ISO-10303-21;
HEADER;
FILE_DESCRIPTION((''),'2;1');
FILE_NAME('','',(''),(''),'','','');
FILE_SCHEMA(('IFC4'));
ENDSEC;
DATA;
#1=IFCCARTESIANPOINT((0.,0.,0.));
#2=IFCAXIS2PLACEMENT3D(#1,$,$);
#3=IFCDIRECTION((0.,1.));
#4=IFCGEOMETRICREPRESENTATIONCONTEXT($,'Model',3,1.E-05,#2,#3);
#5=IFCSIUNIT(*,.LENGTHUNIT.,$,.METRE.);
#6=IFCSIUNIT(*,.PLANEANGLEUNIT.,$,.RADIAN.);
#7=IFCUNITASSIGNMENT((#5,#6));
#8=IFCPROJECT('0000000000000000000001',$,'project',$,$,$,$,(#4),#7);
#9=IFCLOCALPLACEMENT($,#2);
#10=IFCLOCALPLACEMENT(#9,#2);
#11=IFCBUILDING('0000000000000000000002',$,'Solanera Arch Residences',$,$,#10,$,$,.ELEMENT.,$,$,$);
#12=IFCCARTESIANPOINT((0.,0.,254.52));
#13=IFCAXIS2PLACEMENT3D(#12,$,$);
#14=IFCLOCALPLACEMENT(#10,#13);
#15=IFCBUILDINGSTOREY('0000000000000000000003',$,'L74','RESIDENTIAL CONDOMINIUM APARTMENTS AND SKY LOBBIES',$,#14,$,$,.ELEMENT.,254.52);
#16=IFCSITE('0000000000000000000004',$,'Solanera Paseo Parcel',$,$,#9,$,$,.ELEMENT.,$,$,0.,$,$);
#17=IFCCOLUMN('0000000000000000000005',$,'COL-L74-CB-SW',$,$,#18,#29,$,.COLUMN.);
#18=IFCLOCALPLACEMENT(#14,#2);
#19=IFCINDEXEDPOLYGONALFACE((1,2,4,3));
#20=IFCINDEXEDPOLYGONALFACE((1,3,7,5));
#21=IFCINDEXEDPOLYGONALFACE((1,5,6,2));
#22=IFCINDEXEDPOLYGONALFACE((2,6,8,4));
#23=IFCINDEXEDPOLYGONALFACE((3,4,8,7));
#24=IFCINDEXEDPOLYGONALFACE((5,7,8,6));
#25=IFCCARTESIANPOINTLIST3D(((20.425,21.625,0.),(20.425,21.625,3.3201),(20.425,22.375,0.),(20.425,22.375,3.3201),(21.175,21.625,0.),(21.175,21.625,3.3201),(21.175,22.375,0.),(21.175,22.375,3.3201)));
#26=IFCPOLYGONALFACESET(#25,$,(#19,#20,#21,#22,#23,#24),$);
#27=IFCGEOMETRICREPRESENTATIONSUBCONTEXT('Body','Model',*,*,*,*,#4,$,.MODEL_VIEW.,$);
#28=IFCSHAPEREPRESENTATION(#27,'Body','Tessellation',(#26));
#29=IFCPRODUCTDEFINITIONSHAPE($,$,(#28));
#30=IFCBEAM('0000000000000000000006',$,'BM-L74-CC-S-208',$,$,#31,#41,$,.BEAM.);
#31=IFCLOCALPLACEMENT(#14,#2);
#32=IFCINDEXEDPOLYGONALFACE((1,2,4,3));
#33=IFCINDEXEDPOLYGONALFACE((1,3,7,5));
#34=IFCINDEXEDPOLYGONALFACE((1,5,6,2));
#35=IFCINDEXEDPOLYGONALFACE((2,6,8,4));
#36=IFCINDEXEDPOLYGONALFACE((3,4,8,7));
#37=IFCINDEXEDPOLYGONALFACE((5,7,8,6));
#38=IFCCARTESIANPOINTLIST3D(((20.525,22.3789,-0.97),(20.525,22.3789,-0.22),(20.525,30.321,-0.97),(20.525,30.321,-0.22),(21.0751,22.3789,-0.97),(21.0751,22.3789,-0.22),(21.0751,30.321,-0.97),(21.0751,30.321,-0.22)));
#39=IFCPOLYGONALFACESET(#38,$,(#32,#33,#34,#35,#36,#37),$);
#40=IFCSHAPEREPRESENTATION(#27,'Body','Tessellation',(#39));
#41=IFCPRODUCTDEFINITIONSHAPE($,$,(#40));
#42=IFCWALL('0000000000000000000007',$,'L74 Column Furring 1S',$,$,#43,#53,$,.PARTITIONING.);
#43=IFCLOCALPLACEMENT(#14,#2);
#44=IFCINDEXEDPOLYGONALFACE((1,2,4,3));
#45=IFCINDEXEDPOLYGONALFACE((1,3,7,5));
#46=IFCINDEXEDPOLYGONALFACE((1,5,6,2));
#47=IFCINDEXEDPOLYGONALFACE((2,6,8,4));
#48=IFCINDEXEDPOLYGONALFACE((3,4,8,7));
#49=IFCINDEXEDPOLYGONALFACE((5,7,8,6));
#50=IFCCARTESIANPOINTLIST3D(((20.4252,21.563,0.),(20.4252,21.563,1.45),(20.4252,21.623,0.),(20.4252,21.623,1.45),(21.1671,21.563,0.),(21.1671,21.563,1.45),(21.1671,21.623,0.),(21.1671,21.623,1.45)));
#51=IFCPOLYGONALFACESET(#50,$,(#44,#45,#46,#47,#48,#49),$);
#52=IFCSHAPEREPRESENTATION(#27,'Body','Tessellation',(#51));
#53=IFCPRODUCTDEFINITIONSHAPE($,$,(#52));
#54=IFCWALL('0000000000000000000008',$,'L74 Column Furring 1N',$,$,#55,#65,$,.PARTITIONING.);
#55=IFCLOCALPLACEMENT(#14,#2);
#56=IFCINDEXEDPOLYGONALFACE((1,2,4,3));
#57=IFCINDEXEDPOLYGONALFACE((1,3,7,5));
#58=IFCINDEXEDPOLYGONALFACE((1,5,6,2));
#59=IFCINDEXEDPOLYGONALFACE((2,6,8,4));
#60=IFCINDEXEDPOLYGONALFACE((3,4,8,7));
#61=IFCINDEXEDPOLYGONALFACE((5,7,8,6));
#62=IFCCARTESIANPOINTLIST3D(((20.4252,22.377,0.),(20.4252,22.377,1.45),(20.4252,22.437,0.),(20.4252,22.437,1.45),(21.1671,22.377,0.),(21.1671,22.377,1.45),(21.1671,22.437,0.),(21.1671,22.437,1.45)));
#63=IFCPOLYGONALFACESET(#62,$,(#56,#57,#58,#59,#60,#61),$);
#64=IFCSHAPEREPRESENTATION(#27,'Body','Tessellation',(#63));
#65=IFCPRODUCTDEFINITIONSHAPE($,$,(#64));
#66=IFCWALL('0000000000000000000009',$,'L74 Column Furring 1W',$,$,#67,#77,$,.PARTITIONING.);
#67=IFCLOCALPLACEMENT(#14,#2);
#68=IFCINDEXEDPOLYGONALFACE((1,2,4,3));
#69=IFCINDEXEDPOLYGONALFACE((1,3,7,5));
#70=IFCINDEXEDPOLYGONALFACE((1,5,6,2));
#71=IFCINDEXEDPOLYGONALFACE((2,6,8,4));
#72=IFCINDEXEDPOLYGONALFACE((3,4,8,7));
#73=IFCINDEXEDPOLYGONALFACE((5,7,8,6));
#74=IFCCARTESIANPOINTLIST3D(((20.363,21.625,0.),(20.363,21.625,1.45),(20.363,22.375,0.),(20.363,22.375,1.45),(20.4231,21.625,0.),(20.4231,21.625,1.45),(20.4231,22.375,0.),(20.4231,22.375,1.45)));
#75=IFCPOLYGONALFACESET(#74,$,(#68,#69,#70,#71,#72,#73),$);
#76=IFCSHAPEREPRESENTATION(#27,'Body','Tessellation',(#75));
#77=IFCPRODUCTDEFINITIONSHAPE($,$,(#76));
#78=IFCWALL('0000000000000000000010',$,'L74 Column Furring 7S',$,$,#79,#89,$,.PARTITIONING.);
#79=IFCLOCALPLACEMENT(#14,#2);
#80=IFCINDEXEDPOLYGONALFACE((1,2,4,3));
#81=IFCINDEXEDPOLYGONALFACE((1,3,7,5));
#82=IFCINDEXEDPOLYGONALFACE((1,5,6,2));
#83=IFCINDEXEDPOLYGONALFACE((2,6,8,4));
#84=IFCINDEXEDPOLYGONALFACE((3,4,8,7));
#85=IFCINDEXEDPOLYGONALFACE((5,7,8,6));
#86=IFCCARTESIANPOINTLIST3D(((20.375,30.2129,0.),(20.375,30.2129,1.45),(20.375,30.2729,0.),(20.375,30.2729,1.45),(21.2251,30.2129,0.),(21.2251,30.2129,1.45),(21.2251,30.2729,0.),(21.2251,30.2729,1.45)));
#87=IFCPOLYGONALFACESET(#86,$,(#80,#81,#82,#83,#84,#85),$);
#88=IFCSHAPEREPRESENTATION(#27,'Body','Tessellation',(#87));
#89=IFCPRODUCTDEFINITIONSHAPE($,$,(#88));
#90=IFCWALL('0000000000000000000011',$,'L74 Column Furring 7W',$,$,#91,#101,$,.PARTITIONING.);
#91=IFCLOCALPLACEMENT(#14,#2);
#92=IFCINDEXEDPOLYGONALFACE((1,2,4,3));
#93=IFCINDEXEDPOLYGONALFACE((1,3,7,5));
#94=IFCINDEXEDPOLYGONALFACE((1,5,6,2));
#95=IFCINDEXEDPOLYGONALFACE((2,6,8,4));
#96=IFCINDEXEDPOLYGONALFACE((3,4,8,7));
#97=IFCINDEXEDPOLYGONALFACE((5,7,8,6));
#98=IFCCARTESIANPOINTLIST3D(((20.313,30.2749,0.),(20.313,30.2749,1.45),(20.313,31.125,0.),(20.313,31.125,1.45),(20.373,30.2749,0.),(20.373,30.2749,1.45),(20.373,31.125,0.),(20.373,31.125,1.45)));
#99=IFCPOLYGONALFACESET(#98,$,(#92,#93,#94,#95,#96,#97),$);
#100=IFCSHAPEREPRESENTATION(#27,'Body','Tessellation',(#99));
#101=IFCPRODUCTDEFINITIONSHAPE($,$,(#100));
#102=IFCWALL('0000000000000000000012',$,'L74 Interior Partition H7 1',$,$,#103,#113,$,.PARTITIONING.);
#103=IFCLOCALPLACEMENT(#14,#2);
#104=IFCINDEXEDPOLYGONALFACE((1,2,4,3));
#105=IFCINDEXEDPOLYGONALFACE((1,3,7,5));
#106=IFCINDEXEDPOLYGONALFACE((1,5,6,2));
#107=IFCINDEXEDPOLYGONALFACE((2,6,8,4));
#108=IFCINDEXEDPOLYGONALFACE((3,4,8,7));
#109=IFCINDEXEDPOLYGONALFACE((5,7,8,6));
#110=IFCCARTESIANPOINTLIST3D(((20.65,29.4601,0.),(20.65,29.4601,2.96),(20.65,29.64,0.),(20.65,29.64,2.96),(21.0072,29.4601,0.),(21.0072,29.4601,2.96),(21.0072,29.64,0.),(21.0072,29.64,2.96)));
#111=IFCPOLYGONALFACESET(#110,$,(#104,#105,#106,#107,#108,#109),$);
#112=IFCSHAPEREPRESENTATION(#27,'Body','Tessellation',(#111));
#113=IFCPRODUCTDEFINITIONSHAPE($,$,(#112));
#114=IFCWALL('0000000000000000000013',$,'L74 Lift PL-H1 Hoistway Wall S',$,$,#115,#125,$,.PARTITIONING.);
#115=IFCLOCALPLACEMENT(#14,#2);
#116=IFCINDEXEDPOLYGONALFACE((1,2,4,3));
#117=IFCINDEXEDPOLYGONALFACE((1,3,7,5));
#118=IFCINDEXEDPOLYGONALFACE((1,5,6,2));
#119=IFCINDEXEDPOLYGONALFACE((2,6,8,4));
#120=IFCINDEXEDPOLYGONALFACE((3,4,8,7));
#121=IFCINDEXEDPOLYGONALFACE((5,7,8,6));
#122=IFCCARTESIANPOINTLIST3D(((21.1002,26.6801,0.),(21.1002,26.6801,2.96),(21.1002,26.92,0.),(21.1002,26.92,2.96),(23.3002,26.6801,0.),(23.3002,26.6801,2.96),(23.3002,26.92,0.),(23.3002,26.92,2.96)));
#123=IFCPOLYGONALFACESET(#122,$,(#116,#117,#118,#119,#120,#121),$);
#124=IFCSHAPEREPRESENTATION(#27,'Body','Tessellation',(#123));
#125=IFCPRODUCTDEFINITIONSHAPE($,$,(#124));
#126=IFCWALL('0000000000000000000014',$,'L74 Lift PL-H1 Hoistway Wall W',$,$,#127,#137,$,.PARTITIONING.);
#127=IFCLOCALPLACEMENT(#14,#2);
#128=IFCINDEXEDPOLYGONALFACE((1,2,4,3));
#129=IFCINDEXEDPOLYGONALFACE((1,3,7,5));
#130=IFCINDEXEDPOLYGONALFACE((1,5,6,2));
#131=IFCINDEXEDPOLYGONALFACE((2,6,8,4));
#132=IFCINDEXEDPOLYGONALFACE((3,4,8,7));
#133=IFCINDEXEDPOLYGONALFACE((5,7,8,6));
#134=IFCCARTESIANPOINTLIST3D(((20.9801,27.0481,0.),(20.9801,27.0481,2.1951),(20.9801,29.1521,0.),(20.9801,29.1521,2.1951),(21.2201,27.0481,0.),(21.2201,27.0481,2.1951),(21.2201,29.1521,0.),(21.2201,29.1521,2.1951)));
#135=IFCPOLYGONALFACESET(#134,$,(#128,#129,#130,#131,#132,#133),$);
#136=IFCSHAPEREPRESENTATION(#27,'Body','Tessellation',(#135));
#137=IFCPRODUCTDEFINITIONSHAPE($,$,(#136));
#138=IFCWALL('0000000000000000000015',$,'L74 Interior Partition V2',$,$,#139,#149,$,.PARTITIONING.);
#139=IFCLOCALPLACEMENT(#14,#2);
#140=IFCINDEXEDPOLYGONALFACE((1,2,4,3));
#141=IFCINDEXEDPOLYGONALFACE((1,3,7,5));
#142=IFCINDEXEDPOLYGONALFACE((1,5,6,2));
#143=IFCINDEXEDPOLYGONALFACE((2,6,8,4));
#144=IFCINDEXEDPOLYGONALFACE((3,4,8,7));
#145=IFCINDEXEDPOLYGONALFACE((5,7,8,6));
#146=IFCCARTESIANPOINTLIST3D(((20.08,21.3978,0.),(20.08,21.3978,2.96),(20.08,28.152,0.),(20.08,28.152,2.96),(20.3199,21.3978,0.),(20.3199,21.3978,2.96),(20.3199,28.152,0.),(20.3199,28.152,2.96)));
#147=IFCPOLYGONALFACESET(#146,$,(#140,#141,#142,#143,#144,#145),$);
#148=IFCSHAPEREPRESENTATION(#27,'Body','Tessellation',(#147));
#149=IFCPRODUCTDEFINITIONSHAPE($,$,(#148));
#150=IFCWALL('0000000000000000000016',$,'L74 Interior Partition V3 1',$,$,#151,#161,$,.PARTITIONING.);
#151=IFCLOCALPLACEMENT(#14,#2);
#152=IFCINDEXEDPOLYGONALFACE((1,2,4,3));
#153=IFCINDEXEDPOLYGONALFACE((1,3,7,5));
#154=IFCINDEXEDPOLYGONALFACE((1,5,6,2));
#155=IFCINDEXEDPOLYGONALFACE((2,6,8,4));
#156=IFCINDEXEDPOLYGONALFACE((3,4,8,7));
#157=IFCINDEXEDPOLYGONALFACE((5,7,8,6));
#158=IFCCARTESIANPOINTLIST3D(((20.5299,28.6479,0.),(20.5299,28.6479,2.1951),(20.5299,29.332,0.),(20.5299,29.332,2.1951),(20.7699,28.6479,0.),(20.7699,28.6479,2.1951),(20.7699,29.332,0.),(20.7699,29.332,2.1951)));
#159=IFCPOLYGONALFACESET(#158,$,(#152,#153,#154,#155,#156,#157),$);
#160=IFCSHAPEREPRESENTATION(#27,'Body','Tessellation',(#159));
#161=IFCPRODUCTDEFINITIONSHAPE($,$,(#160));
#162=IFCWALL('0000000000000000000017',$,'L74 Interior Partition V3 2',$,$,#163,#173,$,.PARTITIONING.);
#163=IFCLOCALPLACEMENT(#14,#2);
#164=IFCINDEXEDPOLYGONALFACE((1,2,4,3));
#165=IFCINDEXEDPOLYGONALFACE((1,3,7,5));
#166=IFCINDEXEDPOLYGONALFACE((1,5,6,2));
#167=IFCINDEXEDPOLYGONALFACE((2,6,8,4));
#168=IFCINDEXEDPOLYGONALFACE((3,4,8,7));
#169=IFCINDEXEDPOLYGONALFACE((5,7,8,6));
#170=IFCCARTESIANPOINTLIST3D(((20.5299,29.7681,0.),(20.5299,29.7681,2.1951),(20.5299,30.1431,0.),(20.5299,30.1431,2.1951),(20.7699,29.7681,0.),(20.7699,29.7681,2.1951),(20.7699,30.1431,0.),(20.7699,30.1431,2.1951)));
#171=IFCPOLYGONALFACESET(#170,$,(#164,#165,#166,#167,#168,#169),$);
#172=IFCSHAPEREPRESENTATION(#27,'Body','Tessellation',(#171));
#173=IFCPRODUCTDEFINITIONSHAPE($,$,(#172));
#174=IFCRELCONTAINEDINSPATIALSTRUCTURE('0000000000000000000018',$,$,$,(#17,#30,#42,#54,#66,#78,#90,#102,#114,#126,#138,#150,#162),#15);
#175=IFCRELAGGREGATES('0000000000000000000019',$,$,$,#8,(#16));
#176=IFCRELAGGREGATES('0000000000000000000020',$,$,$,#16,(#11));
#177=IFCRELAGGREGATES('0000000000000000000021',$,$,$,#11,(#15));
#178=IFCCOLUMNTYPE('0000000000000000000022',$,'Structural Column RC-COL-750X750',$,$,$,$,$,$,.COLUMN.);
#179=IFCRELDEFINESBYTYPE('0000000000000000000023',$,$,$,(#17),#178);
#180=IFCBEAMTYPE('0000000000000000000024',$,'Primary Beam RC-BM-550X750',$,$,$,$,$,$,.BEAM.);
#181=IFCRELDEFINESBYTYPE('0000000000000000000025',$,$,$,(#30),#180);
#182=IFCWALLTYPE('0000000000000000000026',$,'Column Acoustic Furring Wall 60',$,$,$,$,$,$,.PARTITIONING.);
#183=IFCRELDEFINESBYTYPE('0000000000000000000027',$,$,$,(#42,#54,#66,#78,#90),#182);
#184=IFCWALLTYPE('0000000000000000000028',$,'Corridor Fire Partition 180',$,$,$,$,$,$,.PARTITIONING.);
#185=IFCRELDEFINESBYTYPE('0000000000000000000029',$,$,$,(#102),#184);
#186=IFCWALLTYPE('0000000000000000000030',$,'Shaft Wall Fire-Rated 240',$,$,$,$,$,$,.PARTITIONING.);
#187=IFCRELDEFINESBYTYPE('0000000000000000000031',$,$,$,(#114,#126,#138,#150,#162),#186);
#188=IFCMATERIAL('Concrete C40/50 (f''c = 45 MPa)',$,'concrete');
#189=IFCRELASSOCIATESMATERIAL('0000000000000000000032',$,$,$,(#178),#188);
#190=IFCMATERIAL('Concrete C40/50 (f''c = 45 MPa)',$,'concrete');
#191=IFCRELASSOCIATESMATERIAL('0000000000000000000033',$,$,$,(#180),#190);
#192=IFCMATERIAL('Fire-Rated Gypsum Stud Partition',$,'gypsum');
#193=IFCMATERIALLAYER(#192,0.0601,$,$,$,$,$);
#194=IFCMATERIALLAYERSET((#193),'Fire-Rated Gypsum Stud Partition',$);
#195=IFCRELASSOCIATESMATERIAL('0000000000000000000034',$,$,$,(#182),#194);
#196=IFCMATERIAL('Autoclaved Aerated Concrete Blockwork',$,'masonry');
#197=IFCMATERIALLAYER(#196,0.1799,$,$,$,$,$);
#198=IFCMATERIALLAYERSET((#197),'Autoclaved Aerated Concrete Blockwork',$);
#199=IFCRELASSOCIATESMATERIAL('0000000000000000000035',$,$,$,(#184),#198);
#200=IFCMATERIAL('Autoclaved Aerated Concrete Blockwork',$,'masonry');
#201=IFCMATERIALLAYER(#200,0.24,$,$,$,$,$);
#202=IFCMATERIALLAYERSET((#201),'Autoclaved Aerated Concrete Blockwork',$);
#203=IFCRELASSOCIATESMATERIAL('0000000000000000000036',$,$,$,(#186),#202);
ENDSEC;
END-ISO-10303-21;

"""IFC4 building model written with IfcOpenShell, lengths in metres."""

from ifc_helpers import new_model, si_unit, direction, frame, frame_2d, origin, origin_2d, place, context, subcontext, project, spatial, rectangle, extrude, material, layer, layer_set, material_profile, profile_set, type_object, element, save


model = new_model("IFC4")

# Units and contexts
model_context = context("Model", 3, precision=1e-05, world=origin(), true_north=direction((0.0, 1.0)))
body_context = subcontext(model_context, "Body", "Model", "MODEL_VIEW")
ifc_project = project(units=[si_unit("LENGTHUNIT", "METRE"), si_unit("PLANEANGLEUNIT", "RADIAN")], contexts=[model_context])

# Site, building, storey
site_placement = place(None, origin())
site = spatial("IfcSite", under=ifc_project, at=site_placement, Name="Solanera Paseo Parcel", CompositionType="ELEMENT", RefElevation=0.0)
building_placement = place(site_placement, origin())
building = spatial("IfcBuilding", under=site, at=building_placement, Name="Solanera Arch Residences", CompositionType="ELEMENT")
storey_placement = place(building_placement, frame((0.0, 0.0, 254.52)))
storey = spatial("IfcBuildingStorey", under=building, at=storey_placement, Name="L74", Description="RESIDENTIAL CONDOMINIUM APARTMENTS AND SKY LOBBIES", CompositionType="ELEMENT", Elevation=254.52)

# Column
ifc_material_1 = material(Name="Concrete C40/50 (f'c = 45 MPa)", Category="concrete")
ifc_material_profile_1 = material_profile(ifc_material_1, rectangle(XDim=0.75, YDim=0.75, at=origin_2d()))
ifc_profile_set_1 = profile_set([ifc_material_profile_1], Name="Concrete C40/50 (f'c = 45 MPa)")
column_type = type_object("IfcColumnType", Name="Structural Column RC-COL-750X750", PredefinedType="COLUMN", material=ifc_profile_set_1)
column_placement = place(storey_placement, frame((20.8, 22.0, 0.0), z_axis=(0.0, 0.0, 1.0), x_axis=(1.0, 0.0, 0.0)))
element("IfcColumn", 1, at=column_placement, inside=storey, type_object=column_type, Name="COL-L74-CB-SW", PredefinedType="COLUMN", context=body_context, shape_type="SweptSolid", body=[
    extrude(rectangle(XDim=0.75, YDim=0.75, at=origin_2d()), origin(), (0.0, 0.0, 1.0), 3.3201),
])

# Beam
ifc_material_2 = material(Name="Concrete C40/50 (f'c = 45 MPa)", Category="concrete")
ifc_material_profile_2 = material_profile(ifc_material_2, rectangle(XDim=0.55, YDim=0.75, at=origin_2d()))
ifc_profile_set_2 = profile_set([ifc_material_profile_2], Name="Concrete C40/50 (f'c = 45 MPa)")
beam_type = type_object("IfcBeamType", Name="Primary Beam RC-BM-550X750", PredefinedType="BEAM", material=ifc_profile_set_2)
beam_placement = place(storey_placement, frame((20.8, 22.3789, -0.595), z_axis=(0.0, 1.0, 0.0), x_axis=(-1.0, 0.0, 0.0)))
element("IfcBeam", 2, at=beam_placement, inside=storey, type_object=beam_type, Name="BM-L74-CC-S-208", PredefinedType="BEAM", context=body_context, shape_type="SweptSolid", body=[
    extrude(rectangle(XDim=0.55, YDim=0.75, at=origin_2d()), origin(), (0.0, 0.0, 1.0), 7.9421),
])

# Walls
ifc_material_3 = material(Name="Fire-Rated Gypsum Stud Partition", Category="gypsum")
ifc_layer_1 = layer(ifc_material_3, 0.0601)
ifc_layer_set_1 = layer_set([ifc_layer_1], Name="Fire-Rated Gypsum Stud Partition")
wall_type_1 = type_object("IfcWallType", Name="Column Acoustic Furring Wall 60", PredefinedType="PARTITIONING", material=ifc_layer_set_1)
for number, where, z_axis, x_axis, name in (
    (3, (20.425, 21.593, 0.0), (0.0, 0.0, 1.0), (1.0, 0.0, 0.0), "L74 Column Furring 1S"),
    (4, (20.425, 22.407, 0.0), (0.0, 0.0, 1.0), (1.0, 0.0, 0.0), "L74 Column Furring 1N"),
):
    element("IfcWall", number, at=place(storey_placement, frame(where, z_axis=z_axis, x_axis=x_axis)), inside=storey, type_object=wall_type_1, Name=name, PredefinedType="PARTITIONING", context=body_context, shape_type="SweptSolid", body=[
        extrude(rectangle(XDim=0.7419, YDim=0.0601, at=frame_2d((0.3711, 0.0))), origin(), (0.0, 0.0, 1.0), 1.45),
    ])
wall_1_placement = place(storey_placement, frame((20.3931, 21.625, 0.0), z_axis=(0.0, 0.0, 1.0), x_axis=(0.0, 1.0, 0.0)))
element("IfcWall", 5, at=wall_1_placement, inside=storey, type_object=wall_type_1, Name="L74 Column Furring 1W", PredefinedType="PARTITIONING", context=body_context, shape_type="SweptSolid", body=[
    extrude(rectangle(XDim=0.75, YDim=0.0601, at=frame_2d((0.375, 0.0))), origin(), (0.0, 0.0, 1.0), 1.45),
])
for number, where, z_axis, x_axis, name in (
    (6, (20.375, 30.2429, 0.0), (0.0, 0.0, 1.0), (1.0, 0.0, 0.0), "L74 Column Furring 7S"),
    (7, (20.343, 30.2749, 0.0), (0.0, 0.0, 1.0), (0.0, 1.0, 0.0), "L74 Column Furring 7W"),
):
    element("IfcWall", number, at=place(storey_placement, frame(where, z_axis=z_axis, x_axis=x_axis)), inside=storey, type_object=wall_type_1, Name=name, PredefinedType="PARTITIONING", context=body_context, shape_type="SweptSolid", body=[
        extrude(rectangle(XDim=0.8501, YDim=0.0601, at=frame_2d((0.425, 0.0))), origin(), (0.0, 0.0, 1.0), 1.45),
    ])

# Walls
ifc_material_4 = material(Name="Autoclaved Aerated Concrete Blockwork", Category="masonry")
ifc_layer_2 = layer(ifc_material_4, 0.1799)
ifc_layer_set_2 = layer_set([ifc_layer_2], Name="Autoclaved Aerated Concrete Blockwork")
wall_type_2 = type_object("IfcWallType", Name="Corridor Fire Partition 180", PredefinedType="PARTITIONING", material=ifc_layer_set_2)
wall_2_placement = place(storey_placement, frame((20.6499, 29.55, 0.0), z_axis=(0.0, 0.0, 1.0), x_axis=(1.0, 0.0, 0.0)))
element("IfcWall", 8, at=wall_2_placement, inside=storey, type_object=wall_type_2, Name="L74 Interior Partition H7 1", PredefinedType="PARTITIONING", context=body_context, shape_type="SweptSolid", body=[
    extrude(rectangle(XDim=0.3572, YDim=0.1799, at=frame_2d((0.1787, 0.0))), origin(), (0.0, 0.0, 1.0), 2.96),
])
ifc_material_5 = material(Name="Autoclaved Aerated Concrete Blockwork", Category="masonry")
ifc_layer_3 = layer(ifc_material_5, 0.24)
ifc_layer_set_3 = layer_set([ifc_layer_3], Name="Autoclaved Aerated Concrete Blockwork")
wall_type_3 = type_object("IfcWallType", Name="Shaft Wall Fire-Rated 240", PredefinedType="PARTITIONING", material=ifc_layer_set_3)
wall_3_placement = place(storey_placement, frame((21.1001, 26.8, 0.0), z_axis=(0.0, 0.0, 1.0), x_axis=(1.0, 0.0, 0.0)))
element("IfcWall", 9, at=wall_3_placement, inside=storey, type_object=wall_type_3, Name="L74 Lift PL-H1 Hoistway Wall S", PredefinedType="PARTITIONING", context=body_context, shape_type="SweptSolid", body=[
    extrude(rectangle(XDim=2.2, YDim=0.24, at=frame_2d((1.1001, 0.0))), origin(), (0.0, 0.0, 1.0), 2.96),
])
wall_4_placement = place(storey_placement, frame((21.1001, 27.0481, 0.0), z_axis=(0.0, 0.0, 1.0), x_axis=(0.0, 1.0, 0.0)))
element("IfcWall", 10, at=wall_4_placement, inside=storey, type_object=wall_type_3, Name="L74 Lift PL-H1 Hoistway Wall W", PredefinedType="PARTITIONING", context=body_context, shape_type="SweptSolid", body=[
    extrude(rectangle(XDim=2.104, YDim=0.24, at=frame_2d((1.052, 0.0))), origin(), (0.0, 0.0, 1.0), 2.1951),
])

# Walls
wall_5_placement = place(storey_placement, frame((20.2, 21.3979, 0.0), z_axis=(0.0, 0.0, 1.0), x_axis=(0.0, 1.0, 0.0)))
element("IfcWall", 11, at=wall_5_placement, inside=storey, type_object=wall_type_3, Name="L74 Interior Partition V2", PredefinedType="PARTITIONING", context=body_context, shape_type="SweptSolid", body=[
    extrude(rectangle(XDim=6.7542, YDim=0.24, at=frame_2d((3.377, 0.0))), origin(), (0.0, 0.0, 1.0), 2.96),
])
wall_6_placement = place(storey_placement, frame((20.6499, 28.6479, 0.0), z_axis=(0.0, 0.0, 1.0), x_axis=(0.0, 1.0, 0.0)))
element("IfcWall", 12, at=wall_6_placement, inside=storey, type_object=wall_type_3, Name="L74 Interior Partition V3 1", PredefinedType="PARTITIONING", context=body_context, shape_type="SweptSolid", body=[
    extrude(rectangle(XDim=0.6841, YDim=0.24, at=frame_2d((0.342, 0.0))), origin(), (0.0, 0.0, 1.0), 2.1951),
])
wall_7_placement = place(storey_placement, frame((20.6499, 29.7681, 0.0), z_axis=(0.0, 0.0, 1.0), x_axis=(0.0, 1.0, 0.0)))
element("IfcWall", 13, at=wall_7_placement, inside=storey, type_object=wall_type_3, Name="L74 Interior Partition V3 2", PredefinedType="PARTITIONING", context=body_context, shape_type="SweptSolid", body=[
    extrude(rectangle(XDim=0.375, YDim=0.24, at=frame_2d((0.1875, 0.0))), origin(), (0.0, 0.0, 1.0), 2.1951),
])

save(model, "model.ifc")
